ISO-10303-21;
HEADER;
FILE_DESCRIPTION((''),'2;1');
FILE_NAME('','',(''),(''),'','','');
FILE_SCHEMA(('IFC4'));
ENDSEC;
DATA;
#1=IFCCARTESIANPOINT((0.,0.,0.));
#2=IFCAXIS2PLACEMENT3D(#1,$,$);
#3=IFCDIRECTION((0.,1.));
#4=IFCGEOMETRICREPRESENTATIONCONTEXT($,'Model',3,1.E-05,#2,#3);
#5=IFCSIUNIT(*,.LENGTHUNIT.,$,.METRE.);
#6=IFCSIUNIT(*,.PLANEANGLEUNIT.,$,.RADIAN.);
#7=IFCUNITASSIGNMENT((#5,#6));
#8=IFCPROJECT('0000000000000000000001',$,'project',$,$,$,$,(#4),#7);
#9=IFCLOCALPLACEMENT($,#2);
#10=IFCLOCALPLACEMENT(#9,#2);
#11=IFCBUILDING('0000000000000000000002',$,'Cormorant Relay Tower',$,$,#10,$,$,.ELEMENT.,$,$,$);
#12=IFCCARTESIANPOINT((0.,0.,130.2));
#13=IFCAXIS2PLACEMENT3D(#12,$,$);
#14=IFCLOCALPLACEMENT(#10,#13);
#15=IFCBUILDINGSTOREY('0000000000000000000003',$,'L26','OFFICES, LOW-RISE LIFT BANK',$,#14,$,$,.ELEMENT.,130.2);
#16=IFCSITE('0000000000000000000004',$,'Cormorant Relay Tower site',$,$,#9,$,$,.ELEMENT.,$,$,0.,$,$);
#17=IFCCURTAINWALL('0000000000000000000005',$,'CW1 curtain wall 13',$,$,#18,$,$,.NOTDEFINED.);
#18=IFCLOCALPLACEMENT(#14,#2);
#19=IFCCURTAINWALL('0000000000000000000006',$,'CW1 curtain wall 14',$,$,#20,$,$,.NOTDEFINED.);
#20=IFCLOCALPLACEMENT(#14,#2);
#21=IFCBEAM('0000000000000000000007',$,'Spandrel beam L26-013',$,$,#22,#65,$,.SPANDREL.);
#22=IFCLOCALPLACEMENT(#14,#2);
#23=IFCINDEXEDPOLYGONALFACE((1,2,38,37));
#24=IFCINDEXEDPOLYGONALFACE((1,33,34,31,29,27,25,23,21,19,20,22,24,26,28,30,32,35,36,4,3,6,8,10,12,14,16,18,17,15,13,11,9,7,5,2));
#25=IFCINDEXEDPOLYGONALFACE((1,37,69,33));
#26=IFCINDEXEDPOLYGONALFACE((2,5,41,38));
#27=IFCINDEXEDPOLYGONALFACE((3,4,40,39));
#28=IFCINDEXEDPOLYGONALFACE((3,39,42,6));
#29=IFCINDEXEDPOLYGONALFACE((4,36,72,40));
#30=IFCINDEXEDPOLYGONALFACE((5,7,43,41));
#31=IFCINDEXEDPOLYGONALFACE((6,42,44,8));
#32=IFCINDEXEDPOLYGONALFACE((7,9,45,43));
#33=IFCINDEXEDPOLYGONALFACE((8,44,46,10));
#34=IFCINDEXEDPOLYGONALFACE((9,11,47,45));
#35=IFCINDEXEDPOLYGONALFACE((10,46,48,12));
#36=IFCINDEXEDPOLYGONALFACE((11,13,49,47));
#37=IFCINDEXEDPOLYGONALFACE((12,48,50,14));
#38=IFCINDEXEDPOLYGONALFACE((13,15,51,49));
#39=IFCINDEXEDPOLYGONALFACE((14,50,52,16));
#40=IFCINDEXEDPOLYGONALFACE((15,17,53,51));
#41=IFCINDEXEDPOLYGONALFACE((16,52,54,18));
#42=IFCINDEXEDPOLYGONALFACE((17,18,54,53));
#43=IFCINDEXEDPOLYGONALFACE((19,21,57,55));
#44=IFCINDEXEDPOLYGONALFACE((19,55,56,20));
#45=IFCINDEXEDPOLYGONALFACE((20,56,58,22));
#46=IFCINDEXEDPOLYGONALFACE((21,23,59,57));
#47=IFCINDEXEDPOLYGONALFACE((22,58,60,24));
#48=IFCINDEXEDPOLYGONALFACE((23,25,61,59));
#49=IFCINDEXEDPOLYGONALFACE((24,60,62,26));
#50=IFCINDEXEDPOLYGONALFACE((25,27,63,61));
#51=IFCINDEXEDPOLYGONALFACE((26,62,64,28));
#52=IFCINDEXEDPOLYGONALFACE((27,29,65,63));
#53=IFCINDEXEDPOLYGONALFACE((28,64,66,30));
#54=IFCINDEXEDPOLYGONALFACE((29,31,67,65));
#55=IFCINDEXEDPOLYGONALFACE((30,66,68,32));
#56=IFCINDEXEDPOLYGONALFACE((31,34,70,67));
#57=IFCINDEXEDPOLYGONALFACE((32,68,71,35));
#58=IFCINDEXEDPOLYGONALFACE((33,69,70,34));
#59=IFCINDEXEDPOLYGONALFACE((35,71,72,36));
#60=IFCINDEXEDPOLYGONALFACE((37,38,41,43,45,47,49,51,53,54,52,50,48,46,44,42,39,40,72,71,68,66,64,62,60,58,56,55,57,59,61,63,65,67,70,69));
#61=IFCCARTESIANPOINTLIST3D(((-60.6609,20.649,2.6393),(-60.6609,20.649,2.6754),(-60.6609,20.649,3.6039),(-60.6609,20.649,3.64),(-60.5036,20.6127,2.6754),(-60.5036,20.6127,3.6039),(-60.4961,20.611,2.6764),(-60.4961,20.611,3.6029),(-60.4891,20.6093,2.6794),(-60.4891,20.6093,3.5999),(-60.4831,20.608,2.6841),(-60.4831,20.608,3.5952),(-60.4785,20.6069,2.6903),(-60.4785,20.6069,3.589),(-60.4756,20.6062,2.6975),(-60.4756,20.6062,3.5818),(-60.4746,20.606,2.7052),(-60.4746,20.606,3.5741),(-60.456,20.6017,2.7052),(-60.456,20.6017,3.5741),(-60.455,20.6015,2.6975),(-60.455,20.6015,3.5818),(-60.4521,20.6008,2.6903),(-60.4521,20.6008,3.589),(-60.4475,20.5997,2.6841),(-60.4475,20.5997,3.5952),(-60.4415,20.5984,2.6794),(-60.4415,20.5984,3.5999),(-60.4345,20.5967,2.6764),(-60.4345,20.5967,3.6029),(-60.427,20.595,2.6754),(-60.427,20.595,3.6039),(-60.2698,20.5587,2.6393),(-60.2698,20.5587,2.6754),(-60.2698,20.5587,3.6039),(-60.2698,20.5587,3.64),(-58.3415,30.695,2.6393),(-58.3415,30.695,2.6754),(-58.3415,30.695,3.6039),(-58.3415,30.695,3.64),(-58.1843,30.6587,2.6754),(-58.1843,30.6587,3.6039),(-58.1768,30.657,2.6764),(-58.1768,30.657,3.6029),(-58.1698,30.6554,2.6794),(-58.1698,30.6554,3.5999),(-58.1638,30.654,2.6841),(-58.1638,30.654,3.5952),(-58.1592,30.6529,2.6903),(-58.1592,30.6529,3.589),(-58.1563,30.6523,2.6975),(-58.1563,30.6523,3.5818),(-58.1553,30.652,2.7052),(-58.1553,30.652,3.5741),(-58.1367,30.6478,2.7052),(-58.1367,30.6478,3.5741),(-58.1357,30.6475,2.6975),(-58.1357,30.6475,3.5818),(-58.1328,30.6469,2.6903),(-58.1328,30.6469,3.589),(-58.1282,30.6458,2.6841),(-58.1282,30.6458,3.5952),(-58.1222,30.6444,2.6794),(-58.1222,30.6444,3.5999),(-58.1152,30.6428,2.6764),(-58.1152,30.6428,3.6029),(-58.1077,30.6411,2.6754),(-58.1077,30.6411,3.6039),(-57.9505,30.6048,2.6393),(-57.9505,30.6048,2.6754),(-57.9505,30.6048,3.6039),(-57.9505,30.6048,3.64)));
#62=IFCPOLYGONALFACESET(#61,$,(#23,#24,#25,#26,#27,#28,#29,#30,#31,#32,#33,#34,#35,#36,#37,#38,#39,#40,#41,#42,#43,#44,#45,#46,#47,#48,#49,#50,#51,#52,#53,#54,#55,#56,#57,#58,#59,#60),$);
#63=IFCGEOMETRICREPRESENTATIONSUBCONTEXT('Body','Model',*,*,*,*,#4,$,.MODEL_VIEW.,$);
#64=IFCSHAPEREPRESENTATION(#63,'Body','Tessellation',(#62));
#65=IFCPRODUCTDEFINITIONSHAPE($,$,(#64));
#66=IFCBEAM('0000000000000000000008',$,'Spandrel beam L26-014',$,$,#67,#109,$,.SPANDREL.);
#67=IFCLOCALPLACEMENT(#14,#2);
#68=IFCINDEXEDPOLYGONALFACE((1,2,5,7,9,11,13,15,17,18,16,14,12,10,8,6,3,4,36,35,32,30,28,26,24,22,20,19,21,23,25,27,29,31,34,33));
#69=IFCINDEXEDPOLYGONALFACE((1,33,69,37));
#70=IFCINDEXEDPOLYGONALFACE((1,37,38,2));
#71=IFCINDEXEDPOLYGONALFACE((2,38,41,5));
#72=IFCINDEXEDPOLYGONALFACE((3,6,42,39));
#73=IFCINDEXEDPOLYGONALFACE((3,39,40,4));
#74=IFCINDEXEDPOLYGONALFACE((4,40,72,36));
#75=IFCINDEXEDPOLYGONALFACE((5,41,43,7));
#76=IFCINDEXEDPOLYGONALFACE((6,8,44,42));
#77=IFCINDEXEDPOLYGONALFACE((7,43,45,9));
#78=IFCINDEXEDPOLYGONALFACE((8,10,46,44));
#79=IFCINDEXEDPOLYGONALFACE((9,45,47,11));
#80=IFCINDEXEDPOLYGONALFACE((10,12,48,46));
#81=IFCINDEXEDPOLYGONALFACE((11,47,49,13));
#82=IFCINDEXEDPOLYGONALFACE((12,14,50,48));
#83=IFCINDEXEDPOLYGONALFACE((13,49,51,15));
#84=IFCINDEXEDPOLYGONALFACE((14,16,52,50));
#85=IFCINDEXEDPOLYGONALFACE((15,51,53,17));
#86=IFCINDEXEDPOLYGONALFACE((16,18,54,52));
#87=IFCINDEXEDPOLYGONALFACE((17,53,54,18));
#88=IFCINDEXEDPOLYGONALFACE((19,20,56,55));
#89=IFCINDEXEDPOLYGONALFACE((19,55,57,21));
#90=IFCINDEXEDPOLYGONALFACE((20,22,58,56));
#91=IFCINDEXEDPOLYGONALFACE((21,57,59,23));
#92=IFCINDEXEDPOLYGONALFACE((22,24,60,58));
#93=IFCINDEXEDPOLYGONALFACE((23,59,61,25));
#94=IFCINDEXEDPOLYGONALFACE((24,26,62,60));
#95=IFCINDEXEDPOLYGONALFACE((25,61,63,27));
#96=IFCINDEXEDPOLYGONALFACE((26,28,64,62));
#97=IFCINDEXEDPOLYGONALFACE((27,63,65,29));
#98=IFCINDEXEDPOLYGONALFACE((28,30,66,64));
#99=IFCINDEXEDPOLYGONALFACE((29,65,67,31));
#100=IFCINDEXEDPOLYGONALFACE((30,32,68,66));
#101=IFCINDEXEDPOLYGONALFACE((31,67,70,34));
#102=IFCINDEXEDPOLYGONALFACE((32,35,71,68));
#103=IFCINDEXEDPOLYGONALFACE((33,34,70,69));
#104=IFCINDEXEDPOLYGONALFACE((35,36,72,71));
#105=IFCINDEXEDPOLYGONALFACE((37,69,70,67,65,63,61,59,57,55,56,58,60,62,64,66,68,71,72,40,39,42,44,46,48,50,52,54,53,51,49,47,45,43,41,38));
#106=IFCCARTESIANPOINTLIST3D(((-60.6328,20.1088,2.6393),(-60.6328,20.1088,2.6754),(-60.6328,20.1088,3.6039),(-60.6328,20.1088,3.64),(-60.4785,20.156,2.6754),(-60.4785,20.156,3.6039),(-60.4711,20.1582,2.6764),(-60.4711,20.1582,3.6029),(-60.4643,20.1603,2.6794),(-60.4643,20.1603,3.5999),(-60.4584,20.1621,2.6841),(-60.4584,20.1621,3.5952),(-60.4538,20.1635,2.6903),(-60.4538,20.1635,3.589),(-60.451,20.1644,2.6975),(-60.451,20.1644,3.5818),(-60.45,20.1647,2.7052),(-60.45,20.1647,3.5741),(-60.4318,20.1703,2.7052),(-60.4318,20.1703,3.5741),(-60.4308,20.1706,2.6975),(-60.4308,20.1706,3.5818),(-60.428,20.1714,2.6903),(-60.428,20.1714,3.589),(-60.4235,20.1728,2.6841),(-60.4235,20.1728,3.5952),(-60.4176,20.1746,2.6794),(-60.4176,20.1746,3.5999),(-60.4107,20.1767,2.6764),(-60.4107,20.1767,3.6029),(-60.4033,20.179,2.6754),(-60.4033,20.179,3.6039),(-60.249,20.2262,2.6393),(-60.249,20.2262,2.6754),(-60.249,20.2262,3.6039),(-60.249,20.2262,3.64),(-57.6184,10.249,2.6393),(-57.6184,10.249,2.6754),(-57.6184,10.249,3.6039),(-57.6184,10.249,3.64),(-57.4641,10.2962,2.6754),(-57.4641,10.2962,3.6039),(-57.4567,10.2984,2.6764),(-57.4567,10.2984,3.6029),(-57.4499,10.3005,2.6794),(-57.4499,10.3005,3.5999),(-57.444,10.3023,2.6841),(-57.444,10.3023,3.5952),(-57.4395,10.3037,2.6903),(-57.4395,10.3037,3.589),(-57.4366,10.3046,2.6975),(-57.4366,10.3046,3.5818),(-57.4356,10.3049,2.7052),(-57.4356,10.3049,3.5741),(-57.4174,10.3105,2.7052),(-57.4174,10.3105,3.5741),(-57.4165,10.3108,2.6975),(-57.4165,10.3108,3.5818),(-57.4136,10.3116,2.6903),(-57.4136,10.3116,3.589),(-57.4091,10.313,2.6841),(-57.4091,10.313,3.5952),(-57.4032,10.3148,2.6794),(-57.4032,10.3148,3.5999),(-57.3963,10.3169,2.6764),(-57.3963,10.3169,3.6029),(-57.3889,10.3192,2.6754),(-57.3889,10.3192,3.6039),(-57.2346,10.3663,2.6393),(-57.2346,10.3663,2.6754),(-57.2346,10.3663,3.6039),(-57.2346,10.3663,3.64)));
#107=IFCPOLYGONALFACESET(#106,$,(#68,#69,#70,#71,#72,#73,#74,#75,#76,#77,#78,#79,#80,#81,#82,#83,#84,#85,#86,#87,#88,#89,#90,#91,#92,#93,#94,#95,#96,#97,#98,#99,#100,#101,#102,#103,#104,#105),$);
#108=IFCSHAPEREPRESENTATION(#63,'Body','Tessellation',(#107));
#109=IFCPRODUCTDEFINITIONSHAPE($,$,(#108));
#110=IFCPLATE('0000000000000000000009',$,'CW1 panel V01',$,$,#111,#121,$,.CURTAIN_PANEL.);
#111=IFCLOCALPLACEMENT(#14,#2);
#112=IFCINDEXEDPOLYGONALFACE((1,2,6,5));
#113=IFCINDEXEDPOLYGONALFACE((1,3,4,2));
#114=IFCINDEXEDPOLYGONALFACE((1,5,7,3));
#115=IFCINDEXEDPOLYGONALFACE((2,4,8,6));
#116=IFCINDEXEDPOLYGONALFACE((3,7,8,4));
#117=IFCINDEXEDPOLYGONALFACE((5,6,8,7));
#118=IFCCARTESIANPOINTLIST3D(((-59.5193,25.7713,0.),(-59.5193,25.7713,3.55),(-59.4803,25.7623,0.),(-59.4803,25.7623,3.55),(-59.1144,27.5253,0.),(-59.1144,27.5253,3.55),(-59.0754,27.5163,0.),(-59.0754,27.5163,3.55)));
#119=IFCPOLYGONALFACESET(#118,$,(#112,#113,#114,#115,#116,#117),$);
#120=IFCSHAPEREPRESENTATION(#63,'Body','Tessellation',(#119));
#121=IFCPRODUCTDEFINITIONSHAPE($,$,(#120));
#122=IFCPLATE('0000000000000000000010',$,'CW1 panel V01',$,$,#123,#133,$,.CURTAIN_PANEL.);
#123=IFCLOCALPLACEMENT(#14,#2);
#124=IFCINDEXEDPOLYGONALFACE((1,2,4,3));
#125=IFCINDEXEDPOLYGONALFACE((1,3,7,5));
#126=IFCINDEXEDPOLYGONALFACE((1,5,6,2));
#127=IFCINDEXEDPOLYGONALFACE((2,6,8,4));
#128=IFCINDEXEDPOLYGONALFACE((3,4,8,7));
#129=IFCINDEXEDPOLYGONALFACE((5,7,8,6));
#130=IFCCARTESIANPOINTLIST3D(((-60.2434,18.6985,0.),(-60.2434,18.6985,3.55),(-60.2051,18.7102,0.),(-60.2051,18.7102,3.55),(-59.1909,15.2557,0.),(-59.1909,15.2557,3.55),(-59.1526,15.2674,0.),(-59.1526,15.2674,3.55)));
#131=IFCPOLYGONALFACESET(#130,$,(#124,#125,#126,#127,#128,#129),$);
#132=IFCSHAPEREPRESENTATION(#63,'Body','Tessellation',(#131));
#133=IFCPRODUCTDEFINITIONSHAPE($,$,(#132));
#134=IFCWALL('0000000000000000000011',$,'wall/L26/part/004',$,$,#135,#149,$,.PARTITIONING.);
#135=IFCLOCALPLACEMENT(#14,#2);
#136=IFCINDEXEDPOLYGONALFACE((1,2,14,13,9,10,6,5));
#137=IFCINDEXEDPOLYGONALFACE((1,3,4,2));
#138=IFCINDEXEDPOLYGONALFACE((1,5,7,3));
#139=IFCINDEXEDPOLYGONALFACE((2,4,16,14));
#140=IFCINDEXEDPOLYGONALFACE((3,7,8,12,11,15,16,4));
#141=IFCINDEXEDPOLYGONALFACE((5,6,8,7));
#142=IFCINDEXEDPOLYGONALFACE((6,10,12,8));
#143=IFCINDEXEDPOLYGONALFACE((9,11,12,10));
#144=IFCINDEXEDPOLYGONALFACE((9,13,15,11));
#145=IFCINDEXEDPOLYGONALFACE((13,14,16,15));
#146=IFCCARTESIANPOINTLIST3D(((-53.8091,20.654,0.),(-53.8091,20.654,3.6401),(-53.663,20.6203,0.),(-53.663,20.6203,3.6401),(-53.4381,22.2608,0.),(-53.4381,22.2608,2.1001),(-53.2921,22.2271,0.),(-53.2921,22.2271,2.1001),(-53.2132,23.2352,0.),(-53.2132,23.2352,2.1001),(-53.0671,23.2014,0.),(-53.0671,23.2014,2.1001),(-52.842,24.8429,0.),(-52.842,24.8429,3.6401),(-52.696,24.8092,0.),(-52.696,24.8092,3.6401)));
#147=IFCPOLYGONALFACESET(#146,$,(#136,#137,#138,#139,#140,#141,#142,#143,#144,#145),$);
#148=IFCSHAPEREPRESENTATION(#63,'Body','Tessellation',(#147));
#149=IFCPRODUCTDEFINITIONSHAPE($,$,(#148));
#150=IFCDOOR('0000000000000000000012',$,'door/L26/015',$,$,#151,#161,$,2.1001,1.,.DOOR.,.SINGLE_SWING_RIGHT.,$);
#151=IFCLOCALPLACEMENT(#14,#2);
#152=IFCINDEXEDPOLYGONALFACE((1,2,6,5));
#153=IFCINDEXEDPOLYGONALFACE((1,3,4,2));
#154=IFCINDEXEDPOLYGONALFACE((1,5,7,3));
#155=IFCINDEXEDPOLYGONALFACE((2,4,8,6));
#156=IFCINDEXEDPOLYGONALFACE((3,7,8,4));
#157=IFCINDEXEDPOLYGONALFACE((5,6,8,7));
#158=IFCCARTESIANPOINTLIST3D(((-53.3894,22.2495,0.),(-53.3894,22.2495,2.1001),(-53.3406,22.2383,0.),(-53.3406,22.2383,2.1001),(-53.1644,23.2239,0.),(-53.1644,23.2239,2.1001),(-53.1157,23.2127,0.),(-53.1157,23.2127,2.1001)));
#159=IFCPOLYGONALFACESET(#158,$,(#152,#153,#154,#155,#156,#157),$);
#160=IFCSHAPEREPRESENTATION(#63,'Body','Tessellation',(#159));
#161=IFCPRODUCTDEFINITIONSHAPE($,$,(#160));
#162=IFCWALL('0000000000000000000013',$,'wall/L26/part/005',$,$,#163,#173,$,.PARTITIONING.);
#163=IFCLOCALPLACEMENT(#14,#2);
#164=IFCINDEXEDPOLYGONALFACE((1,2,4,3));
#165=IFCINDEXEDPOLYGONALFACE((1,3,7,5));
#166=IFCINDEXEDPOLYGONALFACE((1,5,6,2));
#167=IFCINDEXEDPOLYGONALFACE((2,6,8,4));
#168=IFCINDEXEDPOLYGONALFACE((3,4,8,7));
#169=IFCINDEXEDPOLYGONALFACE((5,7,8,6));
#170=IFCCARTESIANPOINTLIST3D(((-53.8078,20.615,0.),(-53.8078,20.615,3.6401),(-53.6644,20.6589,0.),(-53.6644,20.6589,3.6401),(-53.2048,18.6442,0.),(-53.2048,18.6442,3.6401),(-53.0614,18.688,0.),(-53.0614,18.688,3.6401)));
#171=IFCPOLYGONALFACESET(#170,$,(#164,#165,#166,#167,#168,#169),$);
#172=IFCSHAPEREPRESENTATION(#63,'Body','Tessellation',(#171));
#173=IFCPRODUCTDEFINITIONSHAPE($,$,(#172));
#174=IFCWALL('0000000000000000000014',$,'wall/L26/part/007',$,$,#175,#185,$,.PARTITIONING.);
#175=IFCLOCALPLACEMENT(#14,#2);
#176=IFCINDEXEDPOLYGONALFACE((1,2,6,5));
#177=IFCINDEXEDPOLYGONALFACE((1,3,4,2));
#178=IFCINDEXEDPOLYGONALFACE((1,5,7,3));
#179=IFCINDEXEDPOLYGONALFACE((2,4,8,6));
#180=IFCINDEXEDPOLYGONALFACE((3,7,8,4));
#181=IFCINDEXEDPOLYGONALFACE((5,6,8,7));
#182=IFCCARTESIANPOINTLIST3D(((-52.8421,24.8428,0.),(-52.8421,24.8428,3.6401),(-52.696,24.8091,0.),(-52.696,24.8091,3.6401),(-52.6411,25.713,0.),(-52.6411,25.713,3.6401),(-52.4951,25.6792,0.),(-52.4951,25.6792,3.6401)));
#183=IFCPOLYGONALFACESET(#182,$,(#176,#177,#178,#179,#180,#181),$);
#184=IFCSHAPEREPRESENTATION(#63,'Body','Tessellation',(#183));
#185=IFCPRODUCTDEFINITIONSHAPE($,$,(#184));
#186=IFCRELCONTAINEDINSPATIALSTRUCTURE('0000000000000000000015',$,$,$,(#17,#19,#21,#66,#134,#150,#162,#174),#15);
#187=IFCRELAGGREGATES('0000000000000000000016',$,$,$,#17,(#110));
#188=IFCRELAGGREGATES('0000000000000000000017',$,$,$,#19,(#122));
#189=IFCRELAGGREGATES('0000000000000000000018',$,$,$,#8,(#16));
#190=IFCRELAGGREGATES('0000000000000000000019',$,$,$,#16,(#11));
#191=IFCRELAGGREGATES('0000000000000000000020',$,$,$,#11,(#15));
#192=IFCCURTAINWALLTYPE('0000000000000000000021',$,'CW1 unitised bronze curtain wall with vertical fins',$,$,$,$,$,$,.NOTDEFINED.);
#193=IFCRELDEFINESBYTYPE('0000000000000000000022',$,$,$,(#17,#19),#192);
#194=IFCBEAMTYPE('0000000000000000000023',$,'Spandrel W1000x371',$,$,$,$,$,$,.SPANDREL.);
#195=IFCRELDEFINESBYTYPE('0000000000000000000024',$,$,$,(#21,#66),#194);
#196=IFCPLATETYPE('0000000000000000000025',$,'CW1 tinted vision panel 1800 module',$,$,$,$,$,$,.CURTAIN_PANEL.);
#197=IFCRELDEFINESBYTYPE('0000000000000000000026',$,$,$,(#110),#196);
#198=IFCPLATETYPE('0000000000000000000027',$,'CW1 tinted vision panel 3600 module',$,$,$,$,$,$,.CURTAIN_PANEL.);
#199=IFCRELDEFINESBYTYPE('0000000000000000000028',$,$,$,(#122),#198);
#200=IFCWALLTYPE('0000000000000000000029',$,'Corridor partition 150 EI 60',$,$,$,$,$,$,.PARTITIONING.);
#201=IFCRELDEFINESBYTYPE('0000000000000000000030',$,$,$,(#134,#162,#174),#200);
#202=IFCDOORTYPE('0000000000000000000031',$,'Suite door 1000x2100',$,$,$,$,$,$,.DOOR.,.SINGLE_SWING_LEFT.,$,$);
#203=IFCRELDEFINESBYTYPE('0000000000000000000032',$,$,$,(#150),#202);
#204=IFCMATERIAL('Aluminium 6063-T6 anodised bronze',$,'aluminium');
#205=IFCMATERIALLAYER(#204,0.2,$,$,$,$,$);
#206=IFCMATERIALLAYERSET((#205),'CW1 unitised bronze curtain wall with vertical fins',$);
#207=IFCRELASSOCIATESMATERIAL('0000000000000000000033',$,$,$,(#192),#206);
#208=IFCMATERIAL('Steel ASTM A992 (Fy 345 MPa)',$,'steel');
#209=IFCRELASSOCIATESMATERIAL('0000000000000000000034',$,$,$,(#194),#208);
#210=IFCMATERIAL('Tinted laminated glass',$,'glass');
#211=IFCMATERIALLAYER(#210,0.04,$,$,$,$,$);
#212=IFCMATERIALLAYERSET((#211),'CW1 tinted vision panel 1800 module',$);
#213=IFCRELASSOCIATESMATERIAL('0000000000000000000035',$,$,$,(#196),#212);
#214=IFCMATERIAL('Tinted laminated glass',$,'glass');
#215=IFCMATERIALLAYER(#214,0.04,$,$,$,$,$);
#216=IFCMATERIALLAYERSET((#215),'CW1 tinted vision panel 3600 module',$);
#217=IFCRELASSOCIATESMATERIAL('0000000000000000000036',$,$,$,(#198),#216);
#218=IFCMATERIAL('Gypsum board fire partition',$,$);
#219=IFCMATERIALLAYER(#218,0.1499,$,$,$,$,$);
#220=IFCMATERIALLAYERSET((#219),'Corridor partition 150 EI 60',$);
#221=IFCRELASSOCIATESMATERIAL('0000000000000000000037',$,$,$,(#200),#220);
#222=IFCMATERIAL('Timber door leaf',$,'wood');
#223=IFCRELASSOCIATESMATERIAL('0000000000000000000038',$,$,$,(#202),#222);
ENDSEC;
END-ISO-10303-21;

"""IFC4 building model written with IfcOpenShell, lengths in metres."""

from ifc_helpers import new_model, si_unit, direction, frame, frame_2d, origin, origin_2d, place, context, subcontext, project, spatial, rectangle, i_section, extrude, material, layer, layer_set, material_profile, profile_set, type_object, element, fill, aggregate, save


model = new_model("IFC4")

# Units and contexts
model_context = context("Model", 3, precision=1e-05, world=origin(), true_north=direction((0.0, 1.0)))
body_context = subcontext(model_context, "Body", "Model", "MODEL_VIEW")
ifc_project = project(units=[si_unit("LENGTHUNIT", "METRE"), si_unit("PLANEANGLEUNIT", "RADIAN")], contexts=[model_context])

# Site, building, storey
site_placement = place(None, origin())
site = spatial("IfcSite", under=ifc_project, at=site_placement, Name="Cormorant Relay Tower site", CompositionType="ELEMENT", RefElevation=0.0)
building_placement = place(site_placement, origin())
building = spatial("IfcBuilding", under=site, at=building_placement, Name="Cormorant Relay Tower", CompositionType="ELEMENT")
storey_placement = place(building_placement, frame((0.0, 0.0, 130.2)))
storey = spatial("IfcBuildingStorey", under=building, at=storey_placement, Name="L26", Description="OFFICES, LOW-RISE LIFT BANK", CompositionType="ELEMENT", Elevation=130.2)

# Curtain wall
ifc_material_1 = material(Name="Aluminium 6063-T6 anodised bronze", Category="aluminium")
ifc_layer_1 = layer(ifc_material_1, 0.2)
ifc_layer_set_1 = layer_set([ifc_layer_1], Name="CW1 unitised bronze curtain wall with vertical fins")
curtain_wall_type = type_object("IfcCurtainWallType", Name="CW1 unitised bronze curtain wall with vertical fins", PredefinedType="NOTDEFINED", material=ifc_layer_set_1)
curtain_wall_1_placement = place(storey_placement, origin())
curtain_wall_1 = element("IfcCurtainWall", 1, at=curtain_wall_1_placement, inside=storey, type_object=curtain_wall_type, Name="CW1 curtain wall 13", PredefinedType="NOTDEFINED")

# Curtain wall
curtain_wall_2_placement = place(storey_placement, origin())
curtain_wall_2 = element("IfcCurtainWall", 2, at=curtain_wall_2_placement, inside=storey, type_object=curtain_wall_type, Name="CW1 curtain wall 14", PredefinedType="NOTDEFINED")

# Beams
ifc_material_2 = material(Name="Steel ASTM A992 (Fy 345 MPa)", Category="steel")
ifc_material_profile_1 = material_profile(ifc_material_2, i_section(OverallWidth=0.4014, OverallDepth=1.0007, WebThickness=0.019, FlangeThickness=0.0361, FilletRadius=0.0298, at=origin_2d()), Name="W1000x371")
ifc_profile_set_1 = profile_set([ifc_material_profile_1], Name="Steel ASTM A992 (Fy 345 MPa)")
beam_type = type_object("IfcBeamType", Name="Spandrel W1000x371", PredefinedType="SPANDREL", material=ifc_profile_set_1)
for number, where, z_axis, x_axis, name in (
    (3, (-58.146, 30.6499, 3.1396), (-0.224951, -0.97437, 0.0), (0.97437, -0.224951, 0.0), "Spandrel beam L26-013"),
    (4, (-60.4409, 20.1675, 3.1396), (0.292367, -0.956306, 0.0), (0.956306, 0.292367, 0.0), "Spandrel beam L26-014"),
):
    element("IfcBeam", number, at=place(storey_placement, frame(where, z_axis=z_axis, x_axis=x_axis)), inside=storey, type_object=beam_type, Name=name, PredefinedType="SPANDREL", context=body_context, shape_type="SweptSolid", body=[
        extrude(i_section(OverallWidth=0.4014, OverallDepth=1.0007, WebThickness=0.019, FlangeThickness=0.0361, FilletRadius=0.0298, at=origin_2d()), origin(), (0.0, 0.0, 1.0), 10.3103),
    ])

# Plates
ifc_material_3 = material(Name="Tinted laminated glass", Category="glass")
ifc_layer_2 = layer(ifc_material_3, 0.04)
ifc_layer_set_2 = layer_set([ifc_layer_2], Name="CW1 tinted vision panel 1800 module")
plate_type_1 = type_object("IfcPlateType", Name="CW1 tinted vision panel 1800 module", PredefinedType="CURTAIN_PANEL", material=ifc_layer_set_2)
plate_1_placement = place(storey_placement, frame((-59.2974, 26.6438, 0.0), z_axis=(0.0, 0.0, 1.0), x_axis=(-0.224951, -0.97437, 0.0)))
plate_1 = element("IfcPlate", 5, at=plate_1_placement, type_object=plate_type_1, Name="CW1 panel V01", PredefinedType="CURTAIN_PANEL", context=body_context, shape_type="SweptSolid", body=[
    extrude(rectangle(XDim=1.8, YDim=0.04, at=origin_2d()), origin(), (0.0, 0.0, 1.0), 3.55),
])
ifc_material_4 = material(Name="Tinted laminated glass", Category="glass")
ifc_layer_3 = layer(ifc_material_4, 0.04)
ifc_layer_set_3 = layer_set([ifc_layer_3], Name="CW1 tinted vision panel 3600 module")
plate_type_2 = type_object("IfcPlateType", Name="CW1 tinted vision panel 3600 module", PredefinedType="CURTAIN_PANEL", material=ifc_layer_set_3)
plate_2_placement = place(storey_placement, frame((-59.698, 16.9829, 0.0), z_axis=(0.0, 0.0, 1.0), x_axis=(0.292372, -0.956305, 0.0)))
plate_2 = element("IfcPlate", 6, at=plate_2_placement, type_object=plate_type_2, Name="CW1 panel V01", PredefinedType="CURTAIN_PANEL", context=body_context, shape_type="SweptSolid", body=[
    extrude(rectangle(XDim=3.6001, YDim=0.04, at=origin_2d()), origin(), (0.0, 0.0, 1.0), 3.55),
])

# Wall, opening, door
ifc_material_5 = material(Name="Gypsum board fire partition")
ifc_layer_4 = layer(ifc_material_5, 0.1499)
ifc_layer_set_4 = layer_set([ifc_layer_4], Name="Corridor partition 150 EI 60")
wall_type_1 = type_object("IfcWallType", Name="Corridor partition 150 EI 60", PredefinedType="PARTITIONING", material=ifc_layer_set_4)
wall_1_placement = place(storey_placement, frame((-52.769, 24.8259, 0.0), z_axis=(0.0, 0.0, 1.0), x_axis=(-0.224938, -0.974373, 0.0)))
wall_1 = element("IfcWall", 7, at=wall_1_placement, inside=storey, type_object=wall_type_1, Name="wall/L26/part/004", PredefinedType="PARTITIONING", context=body_context, shape_type="SweptSolid", body=[
    extrude(rectangle(XDim=4.2991, YDim=0.1499, at=frame_2d((2.1494, 0.0))), origin(), (0.0, 0.0, 1.0), 3.6401),
])
opening_1_placement = place(wall_1_placement, frame((1.6499, 0.0, 0.0)))
opening_1 = element("IfcOpeningElement", 8, at=opening_1_placement, cuts=wall_1, PredefinedType="OPENING", context=body_context, shape_type="SweptSolid", body=[
    extrude(rectangle(XDim=1.0, YDim=2.1001, at=frame_2d((0.5, 1.05))), frame((0.0, 0.085, 0.0), z_axis=(0.0, -1.0, 0.0), x_axis=(1.0, 0.0, 0.0)), (0.0, 0.0, 1.0), 0.1699),
])
ifc_material_6 = material(Name="Timber door leaf", Category="wood")
door_type_1 = type_object("IfcDoorType", Name="Suite door 1000x2100", OperationType="SINGLE_SWING_LEFT", PredefinedType="DOOR", material=ifc_material_6)
door_1_placement = place(opening_1_placement, frame((1.0, 0.0, 0.0), z_axis=(0.0, 0.0, 1.0), x_axis=(-1.0, 0.0, 0.0)))
door_1 = element("IfcDoor", 9, at=door_1_placement, inside=storey, type_object=door_type_1, Name="door/L26/015", OperationType="SINGLE_SWING_RIGHT", OverallHeight=2.1001, OverallWidth=1.0, PredefinedType="DOOR", context=body_context, shape_type="SweptSolid", body=[
    extrude(rectangle(XDim=1.0, YDim=2.1001, at=frame_2d((0.5, 1.05))), frame((0.0, 0.0249, 0.0), z_axis=(0.0, -1.0, 0.0), x_axis=(1.0, 0.0, 0.0)), (0.0, 0.0, 1.0), 0.05),
])
fill(opening_1, door_1)

# Walls
wall_2_placement = place(storey_placement, frame((-53.7361, 20.637, 0.0), z_axis=(0.0, 0.0, 1.0), x_axis=(0.292571, -0.956244, 0.0)))
element("IfcWall", 10, at=wall_2_placement, inside=storey, type_object=wall_type_1, Name="wall/L26/part/005", PredefinedType="PARTITIONING", context=body_context, shape_type="SweptSolid", body=[
    extrude(rectangle(XDim=2.061, YDim=0.1499, at=frame_2d((1.0305, 0.0))), origin(), (0.0, 0.0, 1.0), 3.6401),
])
wall_3_placement = place(storey_placement, frame((-52.769, 24.8259, 0.0), z_axis=(0.0, 0.0, 1.0), x_axis=(0.224999, 0.974359, 0.0)))
element("IfcWall", 11, at=wall_3_placement, inside=storey, type_object=wall_type_1, Name="wall/L26/part/007", PredefinedType="PARTITIONING", context=body_context, shape_type="SweptSolid", body=[
    extrude(rectangle(XDim=0.8931, YDim=0.1499, at=frame_2d((0.4465, 0.0))), origin(), (0.0, 0.0, 1.0), 3.6401),
])

aggregate(curtain_wall_1, [plate_1])
aggregate(curtain_wall_2, [plate_2])

save(model, "model.ifc")
